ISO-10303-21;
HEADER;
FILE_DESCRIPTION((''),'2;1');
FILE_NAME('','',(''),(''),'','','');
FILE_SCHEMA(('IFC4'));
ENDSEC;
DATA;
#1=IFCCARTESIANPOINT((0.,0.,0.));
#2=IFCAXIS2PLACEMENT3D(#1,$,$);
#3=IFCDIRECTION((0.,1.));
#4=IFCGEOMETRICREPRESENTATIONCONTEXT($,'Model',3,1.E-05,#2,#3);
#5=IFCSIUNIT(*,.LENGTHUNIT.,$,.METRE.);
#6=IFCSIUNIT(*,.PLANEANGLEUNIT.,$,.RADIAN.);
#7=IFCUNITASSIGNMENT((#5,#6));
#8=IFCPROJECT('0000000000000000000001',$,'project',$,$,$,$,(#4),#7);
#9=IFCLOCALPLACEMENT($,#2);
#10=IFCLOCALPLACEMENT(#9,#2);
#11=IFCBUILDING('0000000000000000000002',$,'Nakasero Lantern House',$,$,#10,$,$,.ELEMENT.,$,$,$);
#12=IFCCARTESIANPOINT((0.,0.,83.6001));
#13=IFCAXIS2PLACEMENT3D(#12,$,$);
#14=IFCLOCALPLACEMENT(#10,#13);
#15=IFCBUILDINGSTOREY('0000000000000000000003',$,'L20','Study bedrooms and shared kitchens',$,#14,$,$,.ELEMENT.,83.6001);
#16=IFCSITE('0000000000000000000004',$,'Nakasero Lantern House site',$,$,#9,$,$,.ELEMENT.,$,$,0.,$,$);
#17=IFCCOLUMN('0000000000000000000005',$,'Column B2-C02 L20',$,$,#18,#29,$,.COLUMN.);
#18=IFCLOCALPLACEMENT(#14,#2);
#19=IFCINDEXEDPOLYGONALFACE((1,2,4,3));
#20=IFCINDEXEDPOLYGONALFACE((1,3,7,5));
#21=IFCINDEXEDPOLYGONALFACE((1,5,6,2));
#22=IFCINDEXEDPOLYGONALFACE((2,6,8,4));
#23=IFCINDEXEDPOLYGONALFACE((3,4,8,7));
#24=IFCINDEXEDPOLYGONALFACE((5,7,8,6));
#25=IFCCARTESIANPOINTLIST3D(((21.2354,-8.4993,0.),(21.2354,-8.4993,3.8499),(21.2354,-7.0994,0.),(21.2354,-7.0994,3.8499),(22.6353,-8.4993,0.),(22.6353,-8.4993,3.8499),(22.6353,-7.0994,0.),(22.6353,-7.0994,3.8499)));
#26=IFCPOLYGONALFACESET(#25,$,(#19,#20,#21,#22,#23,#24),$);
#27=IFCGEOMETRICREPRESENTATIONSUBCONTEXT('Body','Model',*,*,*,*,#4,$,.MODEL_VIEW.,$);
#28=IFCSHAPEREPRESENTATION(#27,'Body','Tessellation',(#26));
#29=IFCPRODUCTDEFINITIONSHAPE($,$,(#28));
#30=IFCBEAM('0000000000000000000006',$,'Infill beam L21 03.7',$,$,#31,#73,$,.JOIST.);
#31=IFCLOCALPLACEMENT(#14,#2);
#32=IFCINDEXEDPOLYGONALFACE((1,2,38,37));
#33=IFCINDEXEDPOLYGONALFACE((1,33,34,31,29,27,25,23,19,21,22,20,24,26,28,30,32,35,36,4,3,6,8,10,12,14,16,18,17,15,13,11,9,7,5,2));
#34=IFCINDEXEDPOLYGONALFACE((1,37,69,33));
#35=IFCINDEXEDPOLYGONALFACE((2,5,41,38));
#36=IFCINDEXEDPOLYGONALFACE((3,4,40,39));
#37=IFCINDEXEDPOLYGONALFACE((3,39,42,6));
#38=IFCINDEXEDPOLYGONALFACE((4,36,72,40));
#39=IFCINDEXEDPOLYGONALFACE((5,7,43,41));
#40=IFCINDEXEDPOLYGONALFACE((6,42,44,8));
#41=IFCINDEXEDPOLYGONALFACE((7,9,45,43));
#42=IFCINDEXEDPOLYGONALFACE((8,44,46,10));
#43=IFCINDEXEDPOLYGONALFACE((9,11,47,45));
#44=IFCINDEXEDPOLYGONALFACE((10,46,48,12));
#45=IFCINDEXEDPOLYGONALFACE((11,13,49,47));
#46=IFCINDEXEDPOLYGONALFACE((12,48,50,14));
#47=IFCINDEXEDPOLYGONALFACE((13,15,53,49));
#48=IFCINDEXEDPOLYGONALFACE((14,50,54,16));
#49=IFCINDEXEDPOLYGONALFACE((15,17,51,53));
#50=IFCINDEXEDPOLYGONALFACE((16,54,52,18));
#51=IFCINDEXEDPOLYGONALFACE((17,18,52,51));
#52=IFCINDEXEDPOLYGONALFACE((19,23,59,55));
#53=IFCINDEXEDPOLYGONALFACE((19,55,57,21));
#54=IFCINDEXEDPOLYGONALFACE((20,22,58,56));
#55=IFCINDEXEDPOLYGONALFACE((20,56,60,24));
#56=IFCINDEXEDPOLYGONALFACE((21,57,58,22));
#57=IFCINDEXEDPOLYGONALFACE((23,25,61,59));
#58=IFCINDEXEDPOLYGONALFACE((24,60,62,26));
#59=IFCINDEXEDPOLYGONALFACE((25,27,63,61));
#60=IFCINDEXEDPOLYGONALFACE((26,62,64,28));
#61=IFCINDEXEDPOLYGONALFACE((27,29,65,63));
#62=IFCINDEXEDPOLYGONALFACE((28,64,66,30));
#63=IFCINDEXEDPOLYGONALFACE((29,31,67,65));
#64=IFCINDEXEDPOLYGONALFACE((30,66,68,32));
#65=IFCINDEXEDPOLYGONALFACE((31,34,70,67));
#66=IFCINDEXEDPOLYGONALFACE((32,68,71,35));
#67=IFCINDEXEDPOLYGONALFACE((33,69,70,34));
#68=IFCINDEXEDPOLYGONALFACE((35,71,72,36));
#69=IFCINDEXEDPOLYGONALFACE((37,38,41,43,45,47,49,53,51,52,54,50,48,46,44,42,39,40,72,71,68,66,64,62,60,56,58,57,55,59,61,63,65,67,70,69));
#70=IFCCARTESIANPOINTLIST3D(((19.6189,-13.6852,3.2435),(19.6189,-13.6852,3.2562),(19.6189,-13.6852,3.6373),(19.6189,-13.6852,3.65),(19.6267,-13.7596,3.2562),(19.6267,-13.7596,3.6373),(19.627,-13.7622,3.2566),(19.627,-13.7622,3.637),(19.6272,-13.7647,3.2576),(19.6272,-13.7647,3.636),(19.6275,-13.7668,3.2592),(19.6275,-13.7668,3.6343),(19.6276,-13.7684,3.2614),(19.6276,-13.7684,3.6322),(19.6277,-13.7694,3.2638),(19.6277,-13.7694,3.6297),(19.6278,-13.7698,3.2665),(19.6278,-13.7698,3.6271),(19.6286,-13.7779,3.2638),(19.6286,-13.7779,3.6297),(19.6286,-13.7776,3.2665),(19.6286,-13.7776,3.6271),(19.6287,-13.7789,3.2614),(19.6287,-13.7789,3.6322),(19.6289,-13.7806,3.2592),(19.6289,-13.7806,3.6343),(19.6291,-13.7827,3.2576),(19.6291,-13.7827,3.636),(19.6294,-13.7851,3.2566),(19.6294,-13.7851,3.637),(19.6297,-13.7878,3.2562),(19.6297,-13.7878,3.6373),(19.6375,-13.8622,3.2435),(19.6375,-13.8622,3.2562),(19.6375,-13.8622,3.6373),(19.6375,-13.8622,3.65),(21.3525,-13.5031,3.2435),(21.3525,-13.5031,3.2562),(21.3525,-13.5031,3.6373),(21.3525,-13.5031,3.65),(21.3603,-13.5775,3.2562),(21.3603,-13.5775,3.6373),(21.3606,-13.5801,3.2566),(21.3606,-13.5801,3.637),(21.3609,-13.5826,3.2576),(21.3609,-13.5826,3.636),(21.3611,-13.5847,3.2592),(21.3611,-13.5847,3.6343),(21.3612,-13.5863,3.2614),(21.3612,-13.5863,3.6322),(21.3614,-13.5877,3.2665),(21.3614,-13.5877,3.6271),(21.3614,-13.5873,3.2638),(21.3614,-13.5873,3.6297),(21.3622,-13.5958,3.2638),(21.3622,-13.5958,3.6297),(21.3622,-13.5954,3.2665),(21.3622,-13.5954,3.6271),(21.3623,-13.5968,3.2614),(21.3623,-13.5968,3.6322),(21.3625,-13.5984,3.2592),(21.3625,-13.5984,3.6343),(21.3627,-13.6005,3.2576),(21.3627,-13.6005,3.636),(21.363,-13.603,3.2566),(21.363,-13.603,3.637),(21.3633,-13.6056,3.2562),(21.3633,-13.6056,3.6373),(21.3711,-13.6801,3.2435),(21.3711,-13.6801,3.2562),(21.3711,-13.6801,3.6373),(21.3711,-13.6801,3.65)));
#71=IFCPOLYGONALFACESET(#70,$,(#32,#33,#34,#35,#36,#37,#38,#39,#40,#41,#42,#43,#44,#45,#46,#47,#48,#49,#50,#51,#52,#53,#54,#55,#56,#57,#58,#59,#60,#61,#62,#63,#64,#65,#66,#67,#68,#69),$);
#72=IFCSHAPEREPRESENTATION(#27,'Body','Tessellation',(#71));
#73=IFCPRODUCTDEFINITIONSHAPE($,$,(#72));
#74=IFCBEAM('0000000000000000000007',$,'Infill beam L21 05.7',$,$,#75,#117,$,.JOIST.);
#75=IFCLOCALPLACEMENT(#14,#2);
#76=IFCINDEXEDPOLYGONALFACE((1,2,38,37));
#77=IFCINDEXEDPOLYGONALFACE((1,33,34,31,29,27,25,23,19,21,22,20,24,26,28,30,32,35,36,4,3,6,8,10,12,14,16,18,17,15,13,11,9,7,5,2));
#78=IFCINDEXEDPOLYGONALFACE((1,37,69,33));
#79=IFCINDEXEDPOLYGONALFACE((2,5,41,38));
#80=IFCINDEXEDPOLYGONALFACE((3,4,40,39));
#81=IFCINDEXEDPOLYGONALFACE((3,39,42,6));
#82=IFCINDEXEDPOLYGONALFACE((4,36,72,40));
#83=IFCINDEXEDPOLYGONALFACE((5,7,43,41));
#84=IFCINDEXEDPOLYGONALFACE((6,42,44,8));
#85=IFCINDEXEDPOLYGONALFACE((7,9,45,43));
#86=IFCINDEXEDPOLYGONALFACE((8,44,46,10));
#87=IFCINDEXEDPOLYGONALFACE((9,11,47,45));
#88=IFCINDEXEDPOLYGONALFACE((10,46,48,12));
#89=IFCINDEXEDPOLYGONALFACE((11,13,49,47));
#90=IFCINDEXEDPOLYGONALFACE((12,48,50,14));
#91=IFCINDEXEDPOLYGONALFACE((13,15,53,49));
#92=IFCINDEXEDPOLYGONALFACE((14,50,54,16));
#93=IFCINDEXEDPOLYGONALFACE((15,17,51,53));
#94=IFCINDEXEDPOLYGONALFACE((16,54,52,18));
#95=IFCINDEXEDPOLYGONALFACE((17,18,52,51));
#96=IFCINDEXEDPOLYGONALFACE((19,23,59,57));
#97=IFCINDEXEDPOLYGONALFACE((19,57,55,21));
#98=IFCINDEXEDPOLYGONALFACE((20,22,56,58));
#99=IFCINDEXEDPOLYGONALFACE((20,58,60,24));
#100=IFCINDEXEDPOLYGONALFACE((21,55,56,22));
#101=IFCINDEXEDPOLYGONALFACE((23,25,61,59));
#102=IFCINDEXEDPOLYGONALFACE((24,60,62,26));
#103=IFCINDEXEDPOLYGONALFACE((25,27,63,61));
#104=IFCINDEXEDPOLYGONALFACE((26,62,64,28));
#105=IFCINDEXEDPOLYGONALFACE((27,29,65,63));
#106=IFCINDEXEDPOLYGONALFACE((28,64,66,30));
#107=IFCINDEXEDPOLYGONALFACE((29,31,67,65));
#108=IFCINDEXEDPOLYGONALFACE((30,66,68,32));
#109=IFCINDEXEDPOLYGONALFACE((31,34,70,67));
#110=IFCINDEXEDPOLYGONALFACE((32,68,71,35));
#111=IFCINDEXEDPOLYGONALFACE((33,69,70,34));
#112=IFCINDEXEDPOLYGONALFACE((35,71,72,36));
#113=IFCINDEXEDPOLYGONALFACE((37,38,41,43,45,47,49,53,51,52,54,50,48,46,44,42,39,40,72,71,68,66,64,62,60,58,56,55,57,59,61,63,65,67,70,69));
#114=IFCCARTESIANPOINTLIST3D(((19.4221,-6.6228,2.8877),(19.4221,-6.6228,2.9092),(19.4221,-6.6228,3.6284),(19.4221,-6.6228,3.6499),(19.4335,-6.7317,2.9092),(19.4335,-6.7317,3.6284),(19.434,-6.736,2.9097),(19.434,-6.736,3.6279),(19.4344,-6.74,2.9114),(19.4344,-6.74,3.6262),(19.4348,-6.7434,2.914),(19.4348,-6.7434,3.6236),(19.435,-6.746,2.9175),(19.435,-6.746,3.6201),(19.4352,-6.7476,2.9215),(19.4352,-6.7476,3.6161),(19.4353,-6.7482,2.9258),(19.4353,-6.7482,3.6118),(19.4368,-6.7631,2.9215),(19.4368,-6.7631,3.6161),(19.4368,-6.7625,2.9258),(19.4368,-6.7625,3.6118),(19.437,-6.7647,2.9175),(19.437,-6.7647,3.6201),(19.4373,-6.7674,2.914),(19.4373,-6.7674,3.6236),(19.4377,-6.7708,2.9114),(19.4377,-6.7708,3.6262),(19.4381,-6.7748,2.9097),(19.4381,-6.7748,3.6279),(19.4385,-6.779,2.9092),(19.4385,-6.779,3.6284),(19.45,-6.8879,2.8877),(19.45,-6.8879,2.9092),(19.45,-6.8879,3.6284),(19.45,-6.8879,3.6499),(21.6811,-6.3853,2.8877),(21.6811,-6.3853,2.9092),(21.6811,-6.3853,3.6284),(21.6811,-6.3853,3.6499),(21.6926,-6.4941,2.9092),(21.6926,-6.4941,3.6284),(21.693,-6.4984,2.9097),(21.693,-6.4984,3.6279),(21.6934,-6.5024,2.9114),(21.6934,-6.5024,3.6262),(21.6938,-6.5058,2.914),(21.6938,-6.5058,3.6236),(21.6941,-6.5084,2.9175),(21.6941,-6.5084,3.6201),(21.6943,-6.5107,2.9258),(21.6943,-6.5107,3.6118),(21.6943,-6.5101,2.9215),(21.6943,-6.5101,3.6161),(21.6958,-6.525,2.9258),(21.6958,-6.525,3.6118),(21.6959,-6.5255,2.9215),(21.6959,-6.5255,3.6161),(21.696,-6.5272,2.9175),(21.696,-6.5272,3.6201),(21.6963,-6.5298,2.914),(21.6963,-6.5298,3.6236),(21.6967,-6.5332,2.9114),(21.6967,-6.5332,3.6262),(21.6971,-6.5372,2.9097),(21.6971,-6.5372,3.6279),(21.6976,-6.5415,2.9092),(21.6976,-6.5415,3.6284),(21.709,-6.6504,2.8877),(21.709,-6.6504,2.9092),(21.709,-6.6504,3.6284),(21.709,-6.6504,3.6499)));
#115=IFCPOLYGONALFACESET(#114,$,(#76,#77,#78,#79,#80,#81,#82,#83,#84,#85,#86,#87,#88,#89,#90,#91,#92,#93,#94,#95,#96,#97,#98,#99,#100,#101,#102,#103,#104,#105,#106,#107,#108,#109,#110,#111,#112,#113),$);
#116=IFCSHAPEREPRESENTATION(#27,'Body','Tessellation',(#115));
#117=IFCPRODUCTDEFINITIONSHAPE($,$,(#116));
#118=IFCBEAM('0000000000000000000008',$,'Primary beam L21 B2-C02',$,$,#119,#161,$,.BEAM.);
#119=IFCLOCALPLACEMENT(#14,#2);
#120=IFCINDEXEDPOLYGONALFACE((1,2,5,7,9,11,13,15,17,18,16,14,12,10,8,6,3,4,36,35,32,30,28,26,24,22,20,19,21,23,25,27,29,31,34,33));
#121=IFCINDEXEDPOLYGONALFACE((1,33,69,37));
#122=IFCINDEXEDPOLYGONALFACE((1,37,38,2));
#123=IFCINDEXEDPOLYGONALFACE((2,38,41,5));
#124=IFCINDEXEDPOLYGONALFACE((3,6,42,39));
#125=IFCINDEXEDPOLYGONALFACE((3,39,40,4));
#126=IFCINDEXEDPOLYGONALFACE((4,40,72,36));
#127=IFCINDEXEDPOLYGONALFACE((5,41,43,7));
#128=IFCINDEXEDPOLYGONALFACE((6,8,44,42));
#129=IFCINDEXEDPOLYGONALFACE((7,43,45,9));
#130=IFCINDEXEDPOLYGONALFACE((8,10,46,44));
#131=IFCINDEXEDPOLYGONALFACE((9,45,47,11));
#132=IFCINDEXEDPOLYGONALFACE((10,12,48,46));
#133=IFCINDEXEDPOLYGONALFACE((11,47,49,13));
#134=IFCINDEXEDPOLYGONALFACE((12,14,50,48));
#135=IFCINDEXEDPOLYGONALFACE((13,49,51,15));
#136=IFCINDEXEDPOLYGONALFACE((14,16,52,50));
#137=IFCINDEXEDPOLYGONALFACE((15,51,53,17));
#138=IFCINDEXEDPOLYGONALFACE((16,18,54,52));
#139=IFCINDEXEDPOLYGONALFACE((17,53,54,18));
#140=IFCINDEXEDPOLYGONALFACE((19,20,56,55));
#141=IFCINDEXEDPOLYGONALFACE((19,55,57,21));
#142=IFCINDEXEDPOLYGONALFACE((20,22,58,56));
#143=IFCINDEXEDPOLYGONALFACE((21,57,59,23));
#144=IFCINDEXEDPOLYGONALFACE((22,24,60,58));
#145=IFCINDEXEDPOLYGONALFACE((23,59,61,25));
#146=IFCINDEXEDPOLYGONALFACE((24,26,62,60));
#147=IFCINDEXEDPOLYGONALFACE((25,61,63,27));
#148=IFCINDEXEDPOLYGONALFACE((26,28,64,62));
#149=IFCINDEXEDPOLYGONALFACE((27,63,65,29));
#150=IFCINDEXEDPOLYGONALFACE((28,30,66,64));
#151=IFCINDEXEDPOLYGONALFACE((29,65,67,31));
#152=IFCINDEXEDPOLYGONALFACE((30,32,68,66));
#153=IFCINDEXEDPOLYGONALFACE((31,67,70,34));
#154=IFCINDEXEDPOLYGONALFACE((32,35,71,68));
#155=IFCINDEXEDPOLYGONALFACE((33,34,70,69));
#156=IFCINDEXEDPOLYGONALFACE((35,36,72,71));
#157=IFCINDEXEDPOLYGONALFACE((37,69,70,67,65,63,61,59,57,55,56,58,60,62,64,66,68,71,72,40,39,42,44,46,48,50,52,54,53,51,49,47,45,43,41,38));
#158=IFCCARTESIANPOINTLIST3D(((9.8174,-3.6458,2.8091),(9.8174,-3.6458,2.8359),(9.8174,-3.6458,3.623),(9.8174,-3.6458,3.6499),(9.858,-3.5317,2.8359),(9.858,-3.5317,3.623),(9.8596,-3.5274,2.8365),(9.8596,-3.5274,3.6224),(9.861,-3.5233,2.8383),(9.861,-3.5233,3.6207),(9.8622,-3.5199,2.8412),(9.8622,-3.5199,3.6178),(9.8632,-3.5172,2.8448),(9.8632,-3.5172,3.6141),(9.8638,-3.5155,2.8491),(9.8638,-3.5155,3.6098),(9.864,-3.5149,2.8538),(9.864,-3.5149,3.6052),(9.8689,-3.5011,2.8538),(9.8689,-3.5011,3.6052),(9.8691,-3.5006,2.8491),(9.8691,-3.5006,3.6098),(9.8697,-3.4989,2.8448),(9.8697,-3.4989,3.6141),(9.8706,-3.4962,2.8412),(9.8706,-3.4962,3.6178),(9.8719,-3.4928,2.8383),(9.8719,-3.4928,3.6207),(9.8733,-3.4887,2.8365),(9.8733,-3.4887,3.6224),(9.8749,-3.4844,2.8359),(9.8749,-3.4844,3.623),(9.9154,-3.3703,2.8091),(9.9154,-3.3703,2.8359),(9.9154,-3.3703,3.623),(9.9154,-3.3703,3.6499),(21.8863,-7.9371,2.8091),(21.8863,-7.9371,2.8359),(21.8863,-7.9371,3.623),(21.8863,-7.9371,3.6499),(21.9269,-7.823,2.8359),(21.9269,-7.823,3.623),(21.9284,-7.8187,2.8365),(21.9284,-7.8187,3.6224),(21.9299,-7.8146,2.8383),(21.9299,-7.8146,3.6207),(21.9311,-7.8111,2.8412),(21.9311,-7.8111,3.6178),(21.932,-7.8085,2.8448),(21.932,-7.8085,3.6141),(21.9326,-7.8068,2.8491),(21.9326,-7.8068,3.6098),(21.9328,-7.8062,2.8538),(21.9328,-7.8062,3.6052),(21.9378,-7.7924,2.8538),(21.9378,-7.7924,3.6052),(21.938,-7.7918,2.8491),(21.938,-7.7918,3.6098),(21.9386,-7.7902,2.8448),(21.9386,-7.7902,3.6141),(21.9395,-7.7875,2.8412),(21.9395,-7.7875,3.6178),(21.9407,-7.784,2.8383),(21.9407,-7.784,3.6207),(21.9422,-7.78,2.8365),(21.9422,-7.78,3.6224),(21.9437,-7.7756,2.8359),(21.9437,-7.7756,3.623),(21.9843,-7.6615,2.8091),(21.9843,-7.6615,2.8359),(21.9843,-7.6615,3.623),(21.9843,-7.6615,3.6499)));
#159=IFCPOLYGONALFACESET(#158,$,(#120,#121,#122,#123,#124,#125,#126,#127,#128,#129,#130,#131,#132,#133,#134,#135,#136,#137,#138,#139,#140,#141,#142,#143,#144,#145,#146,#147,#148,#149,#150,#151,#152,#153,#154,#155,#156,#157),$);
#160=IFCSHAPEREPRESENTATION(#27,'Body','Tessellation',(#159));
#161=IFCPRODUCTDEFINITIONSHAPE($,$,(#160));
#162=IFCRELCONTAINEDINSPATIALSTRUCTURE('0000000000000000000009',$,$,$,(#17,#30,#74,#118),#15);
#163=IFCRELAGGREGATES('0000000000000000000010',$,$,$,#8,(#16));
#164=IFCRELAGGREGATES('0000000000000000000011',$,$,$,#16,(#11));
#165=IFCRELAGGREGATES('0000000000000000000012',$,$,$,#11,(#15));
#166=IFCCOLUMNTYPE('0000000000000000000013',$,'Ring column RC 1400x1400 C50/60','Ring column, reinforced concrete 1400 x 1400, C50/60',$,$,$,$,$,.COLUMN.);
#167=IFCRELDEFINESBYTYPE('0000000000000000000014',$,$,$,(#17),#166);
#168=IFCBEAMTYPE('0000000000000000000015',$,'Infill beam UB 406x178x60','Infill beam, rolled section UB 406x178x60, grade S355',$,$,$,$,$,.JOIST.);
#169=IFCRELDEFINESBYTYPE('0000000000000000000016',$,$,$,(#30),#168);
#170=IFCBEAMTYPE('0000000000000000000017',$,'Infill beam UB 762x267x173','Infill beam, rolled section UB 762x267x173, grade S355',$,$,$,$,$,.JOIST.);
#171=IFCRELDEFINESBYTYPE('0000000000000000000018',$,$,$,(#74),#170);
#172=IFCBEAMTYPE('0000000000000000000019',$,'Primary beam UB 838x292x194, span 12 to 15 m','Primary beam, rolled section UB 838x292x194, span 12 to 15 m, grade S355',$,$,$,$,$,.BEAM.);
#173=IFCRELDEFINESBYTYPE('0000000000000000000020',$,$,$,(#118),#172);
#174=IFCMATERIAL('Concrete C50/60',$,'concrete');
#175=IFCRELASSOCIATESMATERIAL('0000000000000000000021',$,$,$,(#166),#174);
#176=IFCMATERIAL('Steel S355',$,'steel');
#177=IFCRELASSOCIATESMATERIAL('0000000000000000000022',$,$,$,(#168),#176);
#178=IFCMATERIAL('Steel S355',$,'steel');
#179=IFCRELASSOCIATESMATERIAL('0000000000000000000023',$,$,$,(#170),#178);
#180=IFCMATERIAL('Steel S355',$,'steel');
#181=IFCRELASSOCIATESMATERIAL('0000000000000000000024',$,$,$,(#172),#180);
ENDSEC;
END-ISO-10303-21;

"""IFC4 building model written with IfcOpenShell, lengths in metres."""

from ifc_helpers import new_model, si_unit, direction, frame, origin, origin_2d, place, context, subcontext, project, spatial, rectangle, i_section, extrude, material, material_profile, profile_set, type_object, element, save


model = new_model("IFC4")

# Units and contexts
model_context = context("Model", 3, precision=1e-05, world=origin(), true_north=direction((0.0, 1.0)))
body_context = subcontext(model_context, "Body", "Model", "MODEL_VIEW")
ifc_project = project(units=[si_unit("LENGTHUNIT", "METRE"), si_unit("PLANEANGLEUNIT", "RADIAN")], contexts=[model_context])

# Site, building, storey
site_placement = place(None, origin())
site = spatial("IfcSite", under=ifc_project, at=site_placement, Name="Nakasero Lantern House site", CompositionType="ELEMENT", RefElevation=0.0)
building_placement = place(site_placement, origin())
building = spatial("IfcBuilding", under=site, at=building_placement, Name="Nakasero Lantern House", CompositionType="ELEMENT")
storey_placement = place(building_placement, frame((0.0, 0.0, 83.6001)))
storey = spatial("IfcBuildingStorey", under=building, at=storey_placement, Name="L20", Description="Study bedrooms and shared kitchens", CompositionType="ELEMENT", Elevation=83.6001)

# Column
ifc_material_1 = material(Name="Concrete C50/60", Category="concrete")
ifc_material_profile_1 = material_profile(ifc_material_1, rectangle(XDim=1.3999, YDim=1.3999, at=origin_2d()), Name="RC 1400x1400")
ifc_profile_set_1 = profile_set([ifc_material_profile_1], Name="Concrete C50/60")
column_type = type_object("IfcColumnType", Name="Ring column RC 1400x1400 C50/60", Description="Ring column, reinforced concrete 1400 x 1400, C50/60", PredefinedType="COLUMN", material=ifc_profile_set_1)
column_placement = place(storey_placement, frame((21.9353, -7.7993, 0.0), z_axis=(0.0, 0.0, 1.0), x_axis=(1.0, 0.0, 0.0)))
element("IfcColumn", 1, at=column_placement, inside=storey, type_object=column_type, Name="Column B2-C02 L20", PredefinedType="COLUMN", context=body_context, shape_type="SweptSolid", body=[
    extrude(rectangle(XDim=1.3999, YDim=1.3999, at=origin_2d()), origin(), (0.0, 0.0, 1.0), 3.8499),
])

# Beams
ifc_material_2 = material(Name="Steel S355", Category="steel")
ifc_material_profile_2 = material_profile(ifc_material_2, i_section(OverallWidth=0.178, OverallDepth=0.4065, WebThickness=0.0078, FlangeThickness=0.0127, FilletRadius=0.0103, at=origin_2d()), Name="UB 406x178x60")
ifc_profile_set_2 = profile_set([ifc_material_profile_2], Name="Steel S355")
beam_type_1 = type_object("IfcBeamType", Name="Infill beam UB 406x178x60", Description="Infill beam, rolled section UB 406x178x60, grade S355", PredefinedType="JOIST", material=ifc_profile_set_2)
beam_1_placement = place(storey_placement, frame((19.6282, -13.7737, 3.4468), z_axis=(0.994527, 0.104481, 0.0), x_axis=(-0.104481, 0.994527, 0.0)))
element("IfcBeam", 2, at=beam_1_placement, inside=storey, type_object=beam_type_1, Name="Infill beam L21 03.7", PredefinedType="JOIST", context=body_context, shape_type="SweptSolid", body=[
    extrude(i_section(OverallWidth=0.178, OverallDepth=0.4065, WebThickness=0.0078, FlangeThickness=0.0127, FilletRadius=0.0103, at=origin_2d()), origin(), (0.0, 0.0, 1.0), 1.7432),
])
ifc_material_3 = material(Name="Steel S355", Category="steel")
ifc_material_profile_3 = material_profile(ifc_material_3, i_section(OverallWidth=0.2666, OverallDepth=0.7622, WebThickness=0.0144, FlangeThickness=0.0215, FilletRadius=0.0166, at=origin_2d()), Name="UB 762x267x173")
ifc_profile_set_3 = profile_set([ifc_material_profile_3], Name="Steel S355")
beam_type_2 = type_object("IfcBeamType", Name="Infill beam UB 762x267x173", Description="Infill beam, rolled section UB 762x267x173, grade S355", PredefinedType="JOIST", material=ifc_profile_set_3)
beam_2_placement = place(storey_placement, frame((19.436, -6.7554, 3.2688), z_axis=(0.994517, 0.104578, 0.0), x_axis=(-0.104578, 0.994517, 0.0)))
element("IfcBeam", 3, at=beam_2_placement, inside=storey, type_object=beam_type_2, Name="Infill beam L21 05.7", PredefinedType="JOIST", context=body_context, shape_type="SweptSolid", body=[
    extrude(i_section(OverallWidth=0.2666, OverallDepth=0.7622, WebThickness=0.0144, FlangeThickness=0.0215, FilletRadius=0.0166, at=origin_2d()), origin(), (0.0, 0.0, 1.0), 2.2715),
])
ifc_material_4 = material(Name="Steel S355", Category="steel")
ifc_material_profile_4 = material_profile(ifc_material_4, i_section(OverallWidth=0.2925, OverallDepth=0.8408, WebThickness=0.0146, FlangeThickness=0.0269, FilletRadius=0.0178, at=origin_2d()), Name="UB 838x292x194")
ifc_profile_set_4 = profile_set([ifc_material_profile_4], Name="Steel S355")
beam_type_3 = type_object("IfcBeamType", Name="Primary beam UB 838x292x194, span 12 to 15 m", Description="Primary beam, rolled section UB 838x292x194, span 12 to 15 m, grade S355", PredefinedType="BEAM", material=ifc_profile_set_4)
beam_3_placement = place(storey_placement, frame((21.9353, -7.7993, 3.2295), z_axis=(-0.942212, 0.335018, 0.0), x_axis=(-0.335018, -0.942212, 0.0)))
element("IfcBeam", 4, at=beam_3_placement, inside=storey, type_object=beam_type_3, Name="Primary beam L21 B2-C02", PredefinedType="BEAM", context=body_context, shape_type="SweptSolid", body=[
    extrude(i_section(OverallWidth=0.2925, OverallDepth=0.8408, WebThickness=0.0146, FlangeThickness=0.0269, FilletRadius=0.0178, at=origin_2d()), origin(), (0.0, 0.0, 1.0), 12.8091),
])

save(model, "model.ifc")
